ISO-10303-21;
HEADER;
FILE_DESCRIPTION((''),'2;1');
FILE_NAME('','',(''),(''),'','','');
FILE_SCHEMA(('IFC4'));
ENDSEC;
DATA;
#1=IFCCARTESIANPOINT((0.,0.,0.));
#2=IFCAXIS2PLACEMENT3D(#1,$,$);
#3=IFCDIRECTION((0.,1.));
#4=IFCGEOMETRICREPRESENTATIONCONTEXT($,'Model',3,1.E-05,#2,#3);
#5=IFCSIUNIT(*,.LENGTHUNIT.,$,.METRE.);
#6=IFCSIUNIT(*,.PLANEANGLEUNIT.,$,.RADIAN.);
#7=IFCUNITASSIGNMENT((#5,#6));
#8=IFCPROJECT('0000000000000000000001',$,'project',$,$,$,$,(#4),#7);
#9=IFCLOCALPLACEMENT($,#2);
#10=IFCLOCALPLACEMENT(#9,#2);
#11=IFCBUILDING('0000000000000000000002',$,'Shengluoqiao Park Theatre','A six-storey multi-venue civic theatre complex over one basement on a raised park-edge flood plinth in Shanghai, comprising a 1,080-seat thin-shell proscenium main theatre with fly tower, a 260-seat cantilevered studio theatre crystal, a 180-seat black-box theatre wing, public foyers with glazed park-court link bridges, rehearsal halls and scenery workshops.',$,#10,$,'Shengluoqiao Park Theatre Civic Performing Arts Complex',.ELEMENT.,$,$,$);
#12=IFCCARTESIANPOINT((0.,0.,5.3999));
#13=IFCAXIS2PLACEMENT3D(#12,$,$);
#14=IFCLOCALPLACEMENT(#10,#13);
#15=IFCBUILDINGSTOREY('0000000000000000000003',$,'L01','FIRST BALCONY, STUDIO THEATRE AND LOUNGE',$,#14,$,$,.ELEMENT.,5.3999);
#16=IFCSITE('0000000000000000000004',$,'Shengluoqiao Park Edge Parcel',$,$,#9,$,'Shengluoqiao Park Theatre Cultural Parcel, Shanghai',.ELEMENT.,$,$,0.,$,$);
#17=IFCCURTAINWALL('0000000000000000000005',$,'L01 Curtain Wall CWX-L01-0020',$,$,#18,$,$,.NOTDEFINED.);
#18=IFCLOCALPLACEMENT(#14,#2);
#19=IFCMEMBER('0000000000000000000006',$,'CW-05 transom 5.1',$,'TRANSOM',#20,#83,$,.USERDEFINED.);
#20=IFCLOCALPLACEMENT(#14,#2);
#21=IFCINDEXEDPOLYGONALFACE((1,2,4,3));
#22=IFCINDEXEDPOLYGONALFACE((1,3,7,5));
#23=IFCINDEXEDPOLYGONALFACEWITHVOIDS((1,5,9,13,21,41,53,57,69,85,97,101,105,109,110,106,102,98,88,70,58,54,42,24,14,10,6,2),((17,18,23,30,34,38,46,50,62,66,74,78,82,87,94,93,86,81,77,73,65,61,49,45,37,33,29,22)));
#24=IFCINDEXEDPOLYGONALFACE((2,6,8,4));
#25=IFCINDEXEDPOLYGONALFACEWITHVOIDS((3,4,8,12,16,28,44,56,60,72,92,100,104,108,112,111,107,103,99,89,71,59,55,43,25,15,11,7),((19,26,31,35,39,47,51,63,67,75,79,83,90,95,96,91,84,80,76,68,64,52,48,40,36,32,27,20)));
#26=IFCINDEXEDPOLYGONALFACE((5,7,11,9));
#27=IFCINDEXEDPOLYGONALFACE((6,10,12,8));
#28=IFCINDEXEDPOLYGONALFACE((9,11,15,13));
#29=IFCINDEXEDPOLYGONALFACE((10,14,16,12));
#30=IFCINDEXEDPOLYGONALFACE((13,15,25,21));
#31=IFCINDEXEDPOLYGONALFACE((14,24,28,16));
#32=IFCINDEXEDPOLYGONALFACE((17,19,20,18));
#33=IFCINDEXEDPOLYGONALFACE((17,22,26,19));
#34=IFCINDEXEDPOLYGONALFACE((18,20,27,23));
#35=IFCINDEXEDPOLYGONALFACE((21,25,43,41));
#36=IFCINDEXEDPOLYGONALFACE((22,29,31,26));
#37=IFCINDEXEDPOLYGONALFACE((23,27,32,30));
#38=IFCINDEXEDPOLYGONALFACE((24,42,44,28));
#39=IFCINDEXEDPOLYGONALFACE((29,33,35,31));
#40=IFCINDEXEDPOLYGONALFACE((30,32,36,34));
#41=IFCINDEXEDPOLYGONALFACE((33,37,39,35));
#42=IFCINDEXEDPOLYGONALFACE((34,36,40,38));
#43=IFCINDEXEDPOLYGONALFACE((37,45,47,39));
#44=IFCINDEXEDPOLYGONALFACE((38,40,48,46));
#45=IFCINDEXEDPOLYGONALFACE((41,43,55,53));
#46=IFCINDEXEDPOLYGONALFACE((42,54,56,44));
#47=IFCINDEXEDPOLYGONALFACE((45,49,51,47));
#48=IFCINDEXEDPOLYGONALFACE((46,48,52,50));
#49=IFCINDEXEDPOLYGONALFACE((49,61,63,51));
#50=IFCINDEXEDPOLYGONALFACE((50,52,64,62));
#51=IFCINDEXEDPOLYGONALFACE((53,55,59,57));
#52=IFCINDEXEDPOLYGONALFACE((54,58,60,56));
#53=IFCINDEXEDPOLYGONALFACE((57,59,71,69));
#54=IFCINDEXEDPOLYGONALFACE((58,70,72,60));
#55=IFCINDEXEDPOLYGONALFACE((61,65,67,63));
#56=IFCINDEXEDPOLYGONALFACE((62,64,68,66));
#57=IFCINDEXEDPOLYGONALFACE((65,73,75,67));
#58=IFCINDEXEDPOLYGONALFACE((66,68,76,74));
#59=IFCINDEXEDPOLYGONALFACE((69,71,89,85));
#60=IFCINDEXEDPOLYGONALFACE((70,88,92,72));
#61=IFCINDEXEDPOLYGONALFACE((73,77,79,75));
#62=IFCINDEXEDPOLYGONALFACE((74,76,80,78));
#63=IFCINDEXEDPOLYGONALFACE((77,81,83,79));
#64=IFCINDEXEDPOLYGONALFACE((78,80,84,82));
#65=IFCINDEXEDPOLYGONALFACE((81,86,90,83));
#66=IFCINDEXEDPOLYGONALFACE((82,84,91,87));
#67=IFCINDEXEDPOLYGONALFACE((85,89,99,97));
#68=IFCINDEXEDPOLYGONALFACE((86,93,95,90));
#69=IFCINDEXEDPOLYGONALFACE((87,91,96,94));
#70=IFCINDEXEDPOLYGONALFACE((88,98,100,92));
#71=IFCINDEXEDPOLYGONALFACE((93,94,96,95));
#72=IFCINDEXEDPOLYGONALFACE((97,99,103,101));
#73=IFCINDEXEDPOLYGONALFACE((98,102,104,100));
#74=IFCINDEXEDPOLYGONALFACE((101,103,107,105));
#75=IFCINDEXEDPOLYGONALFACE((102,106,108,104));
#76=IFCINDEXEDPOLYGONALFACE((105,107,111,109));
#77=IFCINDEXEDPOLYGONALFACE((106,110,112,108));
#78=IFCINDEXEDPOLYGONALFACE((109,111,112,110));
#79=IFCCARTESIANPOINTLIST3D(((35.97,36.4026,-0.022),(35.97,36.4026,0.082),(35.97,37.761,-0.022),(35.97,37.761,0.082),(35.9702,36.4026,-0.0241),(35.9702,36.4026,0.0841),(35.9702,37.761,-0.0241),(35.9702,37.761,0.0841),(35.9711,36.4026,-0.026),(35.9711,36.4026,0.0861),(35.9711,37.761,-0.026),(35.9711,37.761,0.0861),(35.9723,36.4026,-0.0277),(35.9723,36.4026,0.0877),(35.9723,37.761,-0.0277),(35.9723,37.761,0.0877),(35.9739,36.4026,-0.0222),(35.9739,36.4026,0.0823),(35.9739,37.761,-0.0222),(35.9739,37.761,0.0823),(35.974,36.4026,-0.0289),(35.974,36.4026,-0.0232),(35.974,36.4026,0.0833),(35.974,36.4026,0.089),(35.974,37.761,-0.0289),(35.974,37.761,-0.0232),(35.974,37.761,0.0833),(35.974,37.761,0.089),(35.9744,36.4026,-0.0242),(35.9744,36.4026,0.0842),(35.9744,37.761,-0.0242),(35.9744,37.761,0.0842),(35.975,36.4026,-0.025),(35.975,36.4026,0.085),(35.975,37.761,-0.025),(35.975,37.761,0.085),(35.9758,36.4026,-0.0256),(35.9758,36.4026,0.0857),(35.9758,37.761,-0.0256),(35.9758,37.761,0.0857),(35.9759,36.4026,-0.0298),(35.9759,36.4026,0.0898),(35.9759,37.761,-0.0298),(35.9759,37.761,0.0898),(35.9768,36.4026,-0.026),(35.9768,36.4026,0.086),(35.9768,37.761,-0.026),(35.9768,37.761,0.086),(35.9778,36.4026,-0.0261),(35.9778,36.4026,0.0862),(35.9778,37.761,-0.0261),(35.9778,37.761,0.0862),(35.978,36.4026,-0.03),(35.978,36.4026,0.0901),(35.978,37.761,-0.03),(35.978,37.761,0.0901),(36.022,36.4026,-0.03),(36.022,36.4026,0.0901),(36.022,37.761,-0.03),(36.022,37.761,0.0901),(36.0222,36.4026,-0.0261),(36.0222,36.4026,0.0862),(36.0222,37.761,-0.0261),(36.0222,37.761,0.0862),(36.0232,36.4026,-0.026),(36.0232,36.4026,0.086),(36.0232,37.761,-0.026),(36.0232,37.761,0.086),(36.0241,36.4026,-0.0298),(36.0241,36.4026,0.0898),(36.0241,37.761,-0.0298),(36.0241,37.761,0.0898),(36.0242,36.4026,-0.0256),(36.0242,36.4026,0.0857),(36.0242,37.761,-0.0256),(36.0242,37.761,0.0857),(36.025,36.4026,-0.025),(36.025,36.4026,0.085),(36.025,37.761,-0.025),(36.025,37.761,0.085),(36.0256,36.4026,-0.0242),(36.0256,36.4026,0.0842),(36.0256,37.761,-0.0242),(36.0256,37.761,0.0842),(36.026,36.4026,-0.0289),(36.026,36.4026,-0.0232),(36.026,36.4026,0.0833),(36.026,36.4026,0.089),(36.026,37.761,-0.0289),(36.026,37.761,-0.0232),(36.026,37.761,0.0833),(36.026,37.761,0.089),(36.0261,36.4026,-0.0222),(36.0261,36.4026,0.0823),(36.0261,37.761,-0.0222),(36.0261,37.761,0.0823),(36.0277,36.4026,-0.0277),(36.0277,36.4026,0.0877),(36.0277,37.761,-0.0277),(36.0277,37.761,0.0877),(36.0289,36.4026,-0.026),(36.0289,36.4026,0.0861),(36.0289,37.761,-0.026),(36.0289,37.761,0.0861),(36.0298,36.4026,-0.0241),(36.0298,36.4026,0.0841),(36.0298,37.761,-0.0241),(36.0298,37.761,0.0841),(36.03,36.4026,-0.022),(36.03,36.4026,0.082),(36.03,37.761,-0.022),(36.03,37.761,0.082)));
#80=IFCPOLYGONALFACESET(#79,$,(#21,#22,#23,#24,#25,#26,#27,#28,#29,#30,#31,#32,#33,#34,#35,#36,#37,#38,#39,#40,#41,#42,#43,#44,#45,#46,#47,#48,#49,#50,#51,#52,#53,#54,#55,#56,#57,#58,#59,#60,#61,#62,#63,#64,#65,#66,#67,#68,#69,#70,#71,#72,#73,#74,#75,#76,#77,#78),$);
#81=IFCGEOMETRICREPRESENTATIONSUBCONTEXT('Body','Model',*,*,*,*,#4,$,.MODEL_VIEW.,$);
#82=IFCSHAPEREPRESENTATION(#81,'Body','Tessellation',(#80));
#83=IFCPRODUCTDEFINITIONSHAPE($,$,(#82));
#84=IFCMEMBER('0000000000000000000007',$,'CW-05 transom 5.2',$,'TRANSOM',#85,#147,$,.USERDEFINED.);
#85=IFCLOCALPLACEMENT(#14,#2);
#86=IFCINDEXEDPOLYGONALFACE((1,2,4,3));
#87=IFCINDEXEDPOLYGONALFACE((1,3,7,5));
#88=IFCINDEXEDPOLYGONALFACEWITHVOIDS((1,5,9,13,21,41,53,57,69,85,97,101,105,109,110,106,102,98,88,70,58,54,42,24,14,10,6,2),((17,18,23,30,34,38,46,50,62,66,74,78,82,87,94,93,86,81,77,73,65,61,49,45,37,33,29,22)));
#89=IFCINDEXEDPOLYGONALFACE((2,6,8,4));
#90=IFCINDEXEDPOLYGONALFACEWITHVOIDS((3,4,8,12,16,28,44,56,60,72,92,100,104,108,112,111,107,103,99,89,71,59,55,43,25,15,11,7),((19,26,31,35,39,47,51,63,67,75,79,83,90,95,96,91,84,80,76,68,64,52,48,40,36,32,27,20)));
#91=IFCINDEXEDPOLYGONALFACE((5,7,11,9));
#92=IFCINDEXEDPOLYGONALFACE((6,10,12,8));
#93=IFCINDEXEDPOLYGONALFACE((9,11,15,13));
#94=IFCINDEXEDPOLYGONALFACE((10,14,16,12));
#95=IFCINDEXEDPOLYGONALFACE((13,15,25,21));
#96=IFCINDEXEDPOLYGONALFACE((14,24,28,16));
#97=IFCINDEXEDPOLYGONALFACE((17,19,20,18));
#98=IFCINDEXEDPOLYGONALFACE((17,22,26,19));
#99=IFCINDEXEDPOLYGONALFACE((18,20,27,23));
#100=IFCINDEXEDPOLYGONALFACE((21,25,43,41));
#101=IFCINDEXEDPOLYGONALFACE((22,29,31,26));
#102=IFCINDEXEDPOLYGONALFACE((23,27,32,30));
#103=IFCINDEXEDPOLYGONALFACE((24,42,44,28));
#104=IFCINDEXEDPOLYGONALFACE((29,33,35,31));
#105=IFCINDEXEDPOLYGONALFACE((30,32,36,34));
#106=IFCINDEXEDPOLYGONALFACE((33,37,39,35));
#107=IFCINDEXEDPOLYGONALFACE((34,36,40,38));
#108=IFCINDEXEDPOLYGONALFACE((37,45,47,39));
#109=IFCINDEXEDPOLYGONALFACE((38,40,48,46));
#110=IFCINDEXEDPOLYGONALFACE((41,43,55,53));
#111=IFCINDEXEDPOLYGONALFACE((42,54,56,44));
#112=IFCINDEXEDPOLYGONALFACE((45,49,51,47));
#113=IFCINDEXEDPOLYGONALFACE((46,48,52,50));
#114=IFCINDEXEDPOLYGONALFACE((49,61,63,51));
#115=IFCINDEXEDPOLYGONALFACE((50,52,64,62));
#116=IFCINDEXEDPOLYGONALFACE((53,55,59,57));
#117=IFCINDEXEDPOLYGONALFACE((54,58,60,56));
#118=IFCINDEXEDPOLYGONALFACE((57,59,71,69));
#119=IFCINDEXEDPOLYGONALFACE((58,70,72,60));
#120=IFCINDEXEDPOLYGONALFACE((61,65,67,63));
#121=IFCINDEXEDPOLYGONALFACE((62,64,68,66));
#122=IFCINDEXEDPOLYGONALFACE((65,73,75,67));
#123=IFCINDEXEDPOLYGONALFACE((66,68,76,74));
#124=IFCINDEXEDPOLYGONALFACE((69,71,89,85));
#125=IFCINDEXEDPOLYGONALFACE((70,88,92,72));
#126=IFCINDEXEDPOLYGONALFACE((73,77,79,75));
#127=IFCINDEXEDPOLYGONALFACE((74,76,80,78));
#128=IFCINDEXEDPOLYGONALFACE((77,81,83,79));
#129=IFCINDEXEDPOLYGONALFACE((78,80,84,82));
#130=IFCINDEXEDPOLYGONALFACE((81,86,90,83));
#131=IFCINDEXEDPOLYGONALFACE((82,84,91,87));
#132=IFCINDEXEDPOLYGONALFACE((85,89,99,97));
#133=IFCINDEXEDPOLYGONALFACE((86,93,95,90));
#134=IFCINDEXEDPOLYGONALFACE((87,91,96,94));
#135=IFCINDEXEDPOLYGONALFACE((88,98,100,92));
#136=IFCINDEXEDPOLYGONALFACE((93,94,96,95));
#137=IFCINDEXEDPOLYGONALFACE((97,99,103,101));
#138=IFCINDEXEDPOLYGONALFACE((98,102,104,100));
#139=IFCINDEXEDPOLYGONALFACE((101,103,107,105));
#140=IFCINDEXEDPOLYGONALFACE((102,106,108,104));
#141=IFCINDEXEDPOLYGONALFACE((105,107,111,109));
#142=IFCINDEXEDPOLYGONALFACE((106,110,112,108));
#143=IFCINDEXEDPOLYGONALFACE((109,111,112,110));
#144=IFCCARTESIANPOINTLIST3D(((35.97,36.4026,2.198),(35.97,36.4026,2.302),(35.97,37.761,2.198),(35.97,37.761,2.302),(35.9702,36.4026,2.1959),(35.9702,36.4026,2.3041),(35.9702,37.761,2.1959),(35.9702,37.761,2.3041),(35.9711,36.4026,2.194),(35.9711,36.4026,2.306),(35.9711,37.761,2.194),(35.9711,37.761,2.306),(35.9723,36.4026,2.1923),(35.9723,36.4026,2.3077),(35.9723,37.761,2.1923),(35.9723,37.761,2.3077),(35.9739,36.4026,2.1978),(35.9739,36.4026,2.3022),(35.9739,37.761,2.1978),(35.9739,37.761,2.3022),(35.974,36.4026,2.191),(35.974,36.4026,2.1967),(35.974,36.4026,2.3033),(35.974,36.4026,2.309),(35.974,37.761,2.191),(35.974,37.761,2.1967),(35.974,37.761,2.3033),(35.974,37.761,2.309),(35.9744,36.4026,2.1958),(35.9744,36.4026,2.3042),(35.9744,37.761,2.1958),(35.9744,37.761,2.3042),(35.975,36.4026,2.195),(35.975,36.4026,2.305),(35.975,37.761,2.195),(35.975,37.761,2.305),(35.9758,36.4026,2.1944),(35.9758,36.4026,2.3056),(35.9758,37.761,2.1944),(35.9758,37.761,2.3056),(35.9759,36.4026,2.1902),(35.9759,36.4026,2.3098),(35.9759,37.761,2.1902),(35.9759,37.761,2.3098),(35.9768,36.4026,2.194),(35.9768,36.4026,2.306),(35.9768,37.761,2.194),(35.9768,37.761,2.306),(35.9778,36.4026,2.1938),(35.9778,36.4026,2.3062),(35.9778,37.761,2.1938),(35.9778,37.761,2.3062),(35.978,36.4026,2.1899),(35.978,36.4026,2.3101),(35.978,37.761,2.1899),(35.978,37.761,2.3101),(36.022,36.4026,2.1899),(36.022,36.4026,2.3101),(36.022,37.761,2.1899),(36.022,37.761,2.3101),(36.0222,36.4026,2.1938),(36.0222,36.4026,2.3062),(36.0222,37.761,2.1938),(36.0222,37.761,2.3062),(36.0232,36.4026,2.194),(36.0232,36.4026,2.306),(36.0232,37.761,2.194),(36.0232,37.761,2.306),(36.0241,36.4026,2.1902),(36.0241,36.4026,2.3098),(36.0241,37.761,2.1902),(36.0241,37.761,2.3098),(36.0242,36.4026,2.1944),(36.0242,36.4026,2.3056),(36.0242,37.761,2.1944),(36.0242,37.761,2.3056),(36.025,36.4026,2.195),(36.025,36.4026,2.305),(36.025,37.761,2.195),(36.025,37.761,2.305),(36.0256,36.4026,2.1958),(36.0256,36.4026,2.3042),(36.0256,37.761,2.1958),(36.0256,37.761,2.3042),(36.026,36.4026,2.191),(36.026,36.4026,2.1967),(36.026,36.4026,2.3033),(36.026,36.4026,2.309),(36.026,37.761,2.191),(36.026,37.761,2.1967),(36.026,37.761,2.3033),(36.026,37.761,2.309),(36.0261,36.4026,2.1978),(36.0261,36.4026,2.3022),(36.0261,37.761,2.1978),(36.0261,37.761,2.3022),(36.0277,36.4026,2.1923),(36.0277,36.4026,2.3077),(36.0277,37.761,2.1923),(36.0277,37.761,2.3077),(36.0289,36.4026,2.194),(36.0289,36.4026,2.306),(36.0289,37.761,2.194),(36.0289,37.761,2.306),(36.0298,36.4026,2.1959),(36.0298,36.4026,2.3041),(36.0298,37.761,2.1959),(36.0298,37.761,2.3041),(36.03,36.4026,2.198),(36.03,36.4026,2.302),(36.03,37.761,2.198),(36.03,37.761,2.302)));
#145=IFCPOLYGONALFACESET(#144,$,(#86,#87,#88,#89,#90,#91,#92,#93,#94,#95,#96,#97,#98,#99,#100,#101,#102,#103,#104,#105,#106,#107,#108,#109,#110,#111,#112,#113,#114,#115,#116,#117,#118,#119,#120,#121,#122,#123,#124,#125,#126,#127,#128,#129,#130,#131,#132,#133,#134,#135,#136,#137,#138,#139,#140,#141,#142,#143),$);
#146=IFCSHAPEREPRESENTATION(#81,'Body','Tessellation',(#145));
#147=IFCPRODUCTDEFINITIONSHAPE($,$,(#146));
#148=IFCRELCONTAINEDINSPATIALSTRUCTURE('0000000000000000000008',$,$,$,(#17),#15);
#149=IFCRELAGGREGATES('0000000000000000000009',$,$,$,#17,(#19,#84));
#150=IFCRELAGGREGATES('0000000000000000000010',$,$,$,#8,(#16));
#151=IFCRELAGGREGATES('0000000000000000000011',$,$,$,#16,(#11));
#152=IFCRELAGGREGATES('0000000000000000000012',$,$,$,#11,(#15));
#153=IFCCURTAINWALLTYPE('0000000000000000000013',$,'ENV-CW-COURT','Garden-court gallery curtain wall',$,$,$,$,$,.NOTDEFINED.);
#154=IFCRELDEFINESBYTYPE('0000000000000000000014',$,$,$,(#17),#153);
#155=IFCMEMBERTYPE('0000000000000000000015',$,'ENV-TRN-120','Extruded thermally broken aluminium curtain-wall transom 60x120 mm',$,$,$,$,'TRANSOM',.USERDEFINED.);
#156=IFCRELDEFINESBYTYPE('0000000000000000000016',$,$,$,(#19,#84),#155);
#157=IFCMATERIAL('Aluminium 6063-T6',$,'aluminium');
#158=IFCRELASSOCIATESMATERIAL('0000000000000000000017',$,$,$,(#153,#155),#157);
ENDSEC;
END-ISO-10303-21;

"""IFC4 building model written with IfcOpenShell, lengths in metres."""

from ifc_helpers import new_model, si_unit, direction, frame, origin, origin_2d, place, context, subcontext, project, spatial, hollow_rectangle, extrude, material, material_profile, profile_set, type_object, element, aggregate, save


model = new_model("IFC4")

# Units and contexts
model_context = context("Model", 3, precision=1e-05, world=origin(), true_north=direction((0.0, 1.0)))
body_context = subcontext(model_context, "Body", "Model", "MODEL_VIEW")
ifc_project = project(units=[si_unit("LENGTHUNIT", "METRE"), si_unit("PLANEANGLEUNIT", "RADIAN")], contexts=[model_context])

# Site, building, storey
site_placement = place(None, origin())
site = spatial("IfcSite", under=ifc_project, at=site_placement, Name="Shengluoqiao Park Edge Parcel", LongName="Shengluoqiao Park Theatre Cultural Parcel, Shanghai", CompositionType="ELEMENT", RefElevation=0.0)
building_placement = place(site_placement, origin())
building = spatial("IfcBuilding", under=site, at=building_placement, Name="Shengluoqiao Park Theatre", Description="A six-storey multi-venue civic theatre complex over one basement on a raised park-edge flood plinth in Shanghai, comprising a 1,080-seat thin-shell proscenium main theatre with fly tower, a 260-seat cantilevered studio theatre crystal, a 180-seat black-box theatre wing, public foyers with glazed park-court link bridges, rehearsal halls and scenery workshops.", LongName="Shengluoqiao Park Theatre Civic Performing Arts Complex", CompositionType="ELEMENT")
storey_placement = place(building_placement, frame((0.0, 0.0, 5.3999)))
storey = spatial("IfcBuildingStorey", under=building, at=storey_placement, Name="L01", Description="FIRST BALCONY, STUDIO THEATRE AND LOUNGE", CompositionType="ELEMENT", Elevation=5.3999)

# Curtain wall
ifc_material_1 = material(Name="Aluminium 6063-T6", Category="aluminium")
curtain_wall_type = type_object("IfcCurtainWallType", Name="ENV-CW-COURT", Description="Garden-court gallery curtain wall", PredefinedType="NOTDEFINED", material=ifc_material_1)
curtain_wall_1_placement = place(storey_placement, origin())
curtain_wall_1 = element("IfcCurtainWall", 1, at=curtain_wall_1_placement, inside=storey, type_object=curtain_wall_type, Name="L01 Curtain Wall CWX-L01-0020", PredefinedType="NOTDEFINED")

# Members
ifc_material_profile_1 = material_profile(ifc_material_1, hollow_rectangle(XDim=0.0601, YDim=0.1201, WallThickness=0.0039, InnerFilletRadius=0.0039, OuterFilletRadius=0.0081, at=origin_2d()), Name="ALU TRANSOM 120x60x4")
ifc_profile_set_1 = profile_set([ifc_material_profile_1], Name="Aluminium 6063-T6")
member_type_1 = type_object("IfcMemberType", Name="ENV-TRN-120", Description="Extruded thermally broken aluminium curtain-wall transom 60x120 mm", ElementType="TRANSOM", PredefinedType="USERDEFINED", material=ifc_profile_set_1)
member_1_placement = place(storey_placement, frame((36.0, 36.4026, 0.03), z_axis=(0.0, 1.0, 0.0), x_axis=(-1.0, 0.0, 0.0)))
member_1 = element("IfcMember", 2, at=member_1_placement, type_object=member_type_1, Name="CW-05 transom 5.1", ObjectType="TRANSOM", PredefinedType="USERDEFINED", context=body_context, shape_type="SweptSolid", body=[
    extrude(hollow_rectangle(XDim=0.0601, YDim=0.1201, WallThickness=0.0039, InnerFilletRadius=0.0039, OuterFilletRadius=0.0081, at=origin_2d()), origin(), (0.0, 0.0, 1.0), 1.3584),
])
member_2_placement = place(storey_placement, frame((36.0, 36.4026, 2.25), z_axis=(0.0, 1.0, 0.0), x_axis=(-1.0, 0.0, 0.0)))
member_2 = element("IfcMember", 3, at=member_2_placement, type_object=member_type_1, Name="CW-05 transom 5.2", ObjectType="TRANSOM", PredefinedType="USERDEFINED", context=body_context, shape_type="SweptSolid", body=[
    extrude(hollow_rectangle(XDim=0.0601, YDim=0.1201, WallThickness=0.0039, InnerFilletRadius=0.0039, OuterFilletRadius=0.0081, at=origin_2d()), origin(), (0.0, 0.0, 1.0), 1.3584),
])

aggregate(curtain_wall_1, [member_1, member_2])

save(model, "model.ifc")
